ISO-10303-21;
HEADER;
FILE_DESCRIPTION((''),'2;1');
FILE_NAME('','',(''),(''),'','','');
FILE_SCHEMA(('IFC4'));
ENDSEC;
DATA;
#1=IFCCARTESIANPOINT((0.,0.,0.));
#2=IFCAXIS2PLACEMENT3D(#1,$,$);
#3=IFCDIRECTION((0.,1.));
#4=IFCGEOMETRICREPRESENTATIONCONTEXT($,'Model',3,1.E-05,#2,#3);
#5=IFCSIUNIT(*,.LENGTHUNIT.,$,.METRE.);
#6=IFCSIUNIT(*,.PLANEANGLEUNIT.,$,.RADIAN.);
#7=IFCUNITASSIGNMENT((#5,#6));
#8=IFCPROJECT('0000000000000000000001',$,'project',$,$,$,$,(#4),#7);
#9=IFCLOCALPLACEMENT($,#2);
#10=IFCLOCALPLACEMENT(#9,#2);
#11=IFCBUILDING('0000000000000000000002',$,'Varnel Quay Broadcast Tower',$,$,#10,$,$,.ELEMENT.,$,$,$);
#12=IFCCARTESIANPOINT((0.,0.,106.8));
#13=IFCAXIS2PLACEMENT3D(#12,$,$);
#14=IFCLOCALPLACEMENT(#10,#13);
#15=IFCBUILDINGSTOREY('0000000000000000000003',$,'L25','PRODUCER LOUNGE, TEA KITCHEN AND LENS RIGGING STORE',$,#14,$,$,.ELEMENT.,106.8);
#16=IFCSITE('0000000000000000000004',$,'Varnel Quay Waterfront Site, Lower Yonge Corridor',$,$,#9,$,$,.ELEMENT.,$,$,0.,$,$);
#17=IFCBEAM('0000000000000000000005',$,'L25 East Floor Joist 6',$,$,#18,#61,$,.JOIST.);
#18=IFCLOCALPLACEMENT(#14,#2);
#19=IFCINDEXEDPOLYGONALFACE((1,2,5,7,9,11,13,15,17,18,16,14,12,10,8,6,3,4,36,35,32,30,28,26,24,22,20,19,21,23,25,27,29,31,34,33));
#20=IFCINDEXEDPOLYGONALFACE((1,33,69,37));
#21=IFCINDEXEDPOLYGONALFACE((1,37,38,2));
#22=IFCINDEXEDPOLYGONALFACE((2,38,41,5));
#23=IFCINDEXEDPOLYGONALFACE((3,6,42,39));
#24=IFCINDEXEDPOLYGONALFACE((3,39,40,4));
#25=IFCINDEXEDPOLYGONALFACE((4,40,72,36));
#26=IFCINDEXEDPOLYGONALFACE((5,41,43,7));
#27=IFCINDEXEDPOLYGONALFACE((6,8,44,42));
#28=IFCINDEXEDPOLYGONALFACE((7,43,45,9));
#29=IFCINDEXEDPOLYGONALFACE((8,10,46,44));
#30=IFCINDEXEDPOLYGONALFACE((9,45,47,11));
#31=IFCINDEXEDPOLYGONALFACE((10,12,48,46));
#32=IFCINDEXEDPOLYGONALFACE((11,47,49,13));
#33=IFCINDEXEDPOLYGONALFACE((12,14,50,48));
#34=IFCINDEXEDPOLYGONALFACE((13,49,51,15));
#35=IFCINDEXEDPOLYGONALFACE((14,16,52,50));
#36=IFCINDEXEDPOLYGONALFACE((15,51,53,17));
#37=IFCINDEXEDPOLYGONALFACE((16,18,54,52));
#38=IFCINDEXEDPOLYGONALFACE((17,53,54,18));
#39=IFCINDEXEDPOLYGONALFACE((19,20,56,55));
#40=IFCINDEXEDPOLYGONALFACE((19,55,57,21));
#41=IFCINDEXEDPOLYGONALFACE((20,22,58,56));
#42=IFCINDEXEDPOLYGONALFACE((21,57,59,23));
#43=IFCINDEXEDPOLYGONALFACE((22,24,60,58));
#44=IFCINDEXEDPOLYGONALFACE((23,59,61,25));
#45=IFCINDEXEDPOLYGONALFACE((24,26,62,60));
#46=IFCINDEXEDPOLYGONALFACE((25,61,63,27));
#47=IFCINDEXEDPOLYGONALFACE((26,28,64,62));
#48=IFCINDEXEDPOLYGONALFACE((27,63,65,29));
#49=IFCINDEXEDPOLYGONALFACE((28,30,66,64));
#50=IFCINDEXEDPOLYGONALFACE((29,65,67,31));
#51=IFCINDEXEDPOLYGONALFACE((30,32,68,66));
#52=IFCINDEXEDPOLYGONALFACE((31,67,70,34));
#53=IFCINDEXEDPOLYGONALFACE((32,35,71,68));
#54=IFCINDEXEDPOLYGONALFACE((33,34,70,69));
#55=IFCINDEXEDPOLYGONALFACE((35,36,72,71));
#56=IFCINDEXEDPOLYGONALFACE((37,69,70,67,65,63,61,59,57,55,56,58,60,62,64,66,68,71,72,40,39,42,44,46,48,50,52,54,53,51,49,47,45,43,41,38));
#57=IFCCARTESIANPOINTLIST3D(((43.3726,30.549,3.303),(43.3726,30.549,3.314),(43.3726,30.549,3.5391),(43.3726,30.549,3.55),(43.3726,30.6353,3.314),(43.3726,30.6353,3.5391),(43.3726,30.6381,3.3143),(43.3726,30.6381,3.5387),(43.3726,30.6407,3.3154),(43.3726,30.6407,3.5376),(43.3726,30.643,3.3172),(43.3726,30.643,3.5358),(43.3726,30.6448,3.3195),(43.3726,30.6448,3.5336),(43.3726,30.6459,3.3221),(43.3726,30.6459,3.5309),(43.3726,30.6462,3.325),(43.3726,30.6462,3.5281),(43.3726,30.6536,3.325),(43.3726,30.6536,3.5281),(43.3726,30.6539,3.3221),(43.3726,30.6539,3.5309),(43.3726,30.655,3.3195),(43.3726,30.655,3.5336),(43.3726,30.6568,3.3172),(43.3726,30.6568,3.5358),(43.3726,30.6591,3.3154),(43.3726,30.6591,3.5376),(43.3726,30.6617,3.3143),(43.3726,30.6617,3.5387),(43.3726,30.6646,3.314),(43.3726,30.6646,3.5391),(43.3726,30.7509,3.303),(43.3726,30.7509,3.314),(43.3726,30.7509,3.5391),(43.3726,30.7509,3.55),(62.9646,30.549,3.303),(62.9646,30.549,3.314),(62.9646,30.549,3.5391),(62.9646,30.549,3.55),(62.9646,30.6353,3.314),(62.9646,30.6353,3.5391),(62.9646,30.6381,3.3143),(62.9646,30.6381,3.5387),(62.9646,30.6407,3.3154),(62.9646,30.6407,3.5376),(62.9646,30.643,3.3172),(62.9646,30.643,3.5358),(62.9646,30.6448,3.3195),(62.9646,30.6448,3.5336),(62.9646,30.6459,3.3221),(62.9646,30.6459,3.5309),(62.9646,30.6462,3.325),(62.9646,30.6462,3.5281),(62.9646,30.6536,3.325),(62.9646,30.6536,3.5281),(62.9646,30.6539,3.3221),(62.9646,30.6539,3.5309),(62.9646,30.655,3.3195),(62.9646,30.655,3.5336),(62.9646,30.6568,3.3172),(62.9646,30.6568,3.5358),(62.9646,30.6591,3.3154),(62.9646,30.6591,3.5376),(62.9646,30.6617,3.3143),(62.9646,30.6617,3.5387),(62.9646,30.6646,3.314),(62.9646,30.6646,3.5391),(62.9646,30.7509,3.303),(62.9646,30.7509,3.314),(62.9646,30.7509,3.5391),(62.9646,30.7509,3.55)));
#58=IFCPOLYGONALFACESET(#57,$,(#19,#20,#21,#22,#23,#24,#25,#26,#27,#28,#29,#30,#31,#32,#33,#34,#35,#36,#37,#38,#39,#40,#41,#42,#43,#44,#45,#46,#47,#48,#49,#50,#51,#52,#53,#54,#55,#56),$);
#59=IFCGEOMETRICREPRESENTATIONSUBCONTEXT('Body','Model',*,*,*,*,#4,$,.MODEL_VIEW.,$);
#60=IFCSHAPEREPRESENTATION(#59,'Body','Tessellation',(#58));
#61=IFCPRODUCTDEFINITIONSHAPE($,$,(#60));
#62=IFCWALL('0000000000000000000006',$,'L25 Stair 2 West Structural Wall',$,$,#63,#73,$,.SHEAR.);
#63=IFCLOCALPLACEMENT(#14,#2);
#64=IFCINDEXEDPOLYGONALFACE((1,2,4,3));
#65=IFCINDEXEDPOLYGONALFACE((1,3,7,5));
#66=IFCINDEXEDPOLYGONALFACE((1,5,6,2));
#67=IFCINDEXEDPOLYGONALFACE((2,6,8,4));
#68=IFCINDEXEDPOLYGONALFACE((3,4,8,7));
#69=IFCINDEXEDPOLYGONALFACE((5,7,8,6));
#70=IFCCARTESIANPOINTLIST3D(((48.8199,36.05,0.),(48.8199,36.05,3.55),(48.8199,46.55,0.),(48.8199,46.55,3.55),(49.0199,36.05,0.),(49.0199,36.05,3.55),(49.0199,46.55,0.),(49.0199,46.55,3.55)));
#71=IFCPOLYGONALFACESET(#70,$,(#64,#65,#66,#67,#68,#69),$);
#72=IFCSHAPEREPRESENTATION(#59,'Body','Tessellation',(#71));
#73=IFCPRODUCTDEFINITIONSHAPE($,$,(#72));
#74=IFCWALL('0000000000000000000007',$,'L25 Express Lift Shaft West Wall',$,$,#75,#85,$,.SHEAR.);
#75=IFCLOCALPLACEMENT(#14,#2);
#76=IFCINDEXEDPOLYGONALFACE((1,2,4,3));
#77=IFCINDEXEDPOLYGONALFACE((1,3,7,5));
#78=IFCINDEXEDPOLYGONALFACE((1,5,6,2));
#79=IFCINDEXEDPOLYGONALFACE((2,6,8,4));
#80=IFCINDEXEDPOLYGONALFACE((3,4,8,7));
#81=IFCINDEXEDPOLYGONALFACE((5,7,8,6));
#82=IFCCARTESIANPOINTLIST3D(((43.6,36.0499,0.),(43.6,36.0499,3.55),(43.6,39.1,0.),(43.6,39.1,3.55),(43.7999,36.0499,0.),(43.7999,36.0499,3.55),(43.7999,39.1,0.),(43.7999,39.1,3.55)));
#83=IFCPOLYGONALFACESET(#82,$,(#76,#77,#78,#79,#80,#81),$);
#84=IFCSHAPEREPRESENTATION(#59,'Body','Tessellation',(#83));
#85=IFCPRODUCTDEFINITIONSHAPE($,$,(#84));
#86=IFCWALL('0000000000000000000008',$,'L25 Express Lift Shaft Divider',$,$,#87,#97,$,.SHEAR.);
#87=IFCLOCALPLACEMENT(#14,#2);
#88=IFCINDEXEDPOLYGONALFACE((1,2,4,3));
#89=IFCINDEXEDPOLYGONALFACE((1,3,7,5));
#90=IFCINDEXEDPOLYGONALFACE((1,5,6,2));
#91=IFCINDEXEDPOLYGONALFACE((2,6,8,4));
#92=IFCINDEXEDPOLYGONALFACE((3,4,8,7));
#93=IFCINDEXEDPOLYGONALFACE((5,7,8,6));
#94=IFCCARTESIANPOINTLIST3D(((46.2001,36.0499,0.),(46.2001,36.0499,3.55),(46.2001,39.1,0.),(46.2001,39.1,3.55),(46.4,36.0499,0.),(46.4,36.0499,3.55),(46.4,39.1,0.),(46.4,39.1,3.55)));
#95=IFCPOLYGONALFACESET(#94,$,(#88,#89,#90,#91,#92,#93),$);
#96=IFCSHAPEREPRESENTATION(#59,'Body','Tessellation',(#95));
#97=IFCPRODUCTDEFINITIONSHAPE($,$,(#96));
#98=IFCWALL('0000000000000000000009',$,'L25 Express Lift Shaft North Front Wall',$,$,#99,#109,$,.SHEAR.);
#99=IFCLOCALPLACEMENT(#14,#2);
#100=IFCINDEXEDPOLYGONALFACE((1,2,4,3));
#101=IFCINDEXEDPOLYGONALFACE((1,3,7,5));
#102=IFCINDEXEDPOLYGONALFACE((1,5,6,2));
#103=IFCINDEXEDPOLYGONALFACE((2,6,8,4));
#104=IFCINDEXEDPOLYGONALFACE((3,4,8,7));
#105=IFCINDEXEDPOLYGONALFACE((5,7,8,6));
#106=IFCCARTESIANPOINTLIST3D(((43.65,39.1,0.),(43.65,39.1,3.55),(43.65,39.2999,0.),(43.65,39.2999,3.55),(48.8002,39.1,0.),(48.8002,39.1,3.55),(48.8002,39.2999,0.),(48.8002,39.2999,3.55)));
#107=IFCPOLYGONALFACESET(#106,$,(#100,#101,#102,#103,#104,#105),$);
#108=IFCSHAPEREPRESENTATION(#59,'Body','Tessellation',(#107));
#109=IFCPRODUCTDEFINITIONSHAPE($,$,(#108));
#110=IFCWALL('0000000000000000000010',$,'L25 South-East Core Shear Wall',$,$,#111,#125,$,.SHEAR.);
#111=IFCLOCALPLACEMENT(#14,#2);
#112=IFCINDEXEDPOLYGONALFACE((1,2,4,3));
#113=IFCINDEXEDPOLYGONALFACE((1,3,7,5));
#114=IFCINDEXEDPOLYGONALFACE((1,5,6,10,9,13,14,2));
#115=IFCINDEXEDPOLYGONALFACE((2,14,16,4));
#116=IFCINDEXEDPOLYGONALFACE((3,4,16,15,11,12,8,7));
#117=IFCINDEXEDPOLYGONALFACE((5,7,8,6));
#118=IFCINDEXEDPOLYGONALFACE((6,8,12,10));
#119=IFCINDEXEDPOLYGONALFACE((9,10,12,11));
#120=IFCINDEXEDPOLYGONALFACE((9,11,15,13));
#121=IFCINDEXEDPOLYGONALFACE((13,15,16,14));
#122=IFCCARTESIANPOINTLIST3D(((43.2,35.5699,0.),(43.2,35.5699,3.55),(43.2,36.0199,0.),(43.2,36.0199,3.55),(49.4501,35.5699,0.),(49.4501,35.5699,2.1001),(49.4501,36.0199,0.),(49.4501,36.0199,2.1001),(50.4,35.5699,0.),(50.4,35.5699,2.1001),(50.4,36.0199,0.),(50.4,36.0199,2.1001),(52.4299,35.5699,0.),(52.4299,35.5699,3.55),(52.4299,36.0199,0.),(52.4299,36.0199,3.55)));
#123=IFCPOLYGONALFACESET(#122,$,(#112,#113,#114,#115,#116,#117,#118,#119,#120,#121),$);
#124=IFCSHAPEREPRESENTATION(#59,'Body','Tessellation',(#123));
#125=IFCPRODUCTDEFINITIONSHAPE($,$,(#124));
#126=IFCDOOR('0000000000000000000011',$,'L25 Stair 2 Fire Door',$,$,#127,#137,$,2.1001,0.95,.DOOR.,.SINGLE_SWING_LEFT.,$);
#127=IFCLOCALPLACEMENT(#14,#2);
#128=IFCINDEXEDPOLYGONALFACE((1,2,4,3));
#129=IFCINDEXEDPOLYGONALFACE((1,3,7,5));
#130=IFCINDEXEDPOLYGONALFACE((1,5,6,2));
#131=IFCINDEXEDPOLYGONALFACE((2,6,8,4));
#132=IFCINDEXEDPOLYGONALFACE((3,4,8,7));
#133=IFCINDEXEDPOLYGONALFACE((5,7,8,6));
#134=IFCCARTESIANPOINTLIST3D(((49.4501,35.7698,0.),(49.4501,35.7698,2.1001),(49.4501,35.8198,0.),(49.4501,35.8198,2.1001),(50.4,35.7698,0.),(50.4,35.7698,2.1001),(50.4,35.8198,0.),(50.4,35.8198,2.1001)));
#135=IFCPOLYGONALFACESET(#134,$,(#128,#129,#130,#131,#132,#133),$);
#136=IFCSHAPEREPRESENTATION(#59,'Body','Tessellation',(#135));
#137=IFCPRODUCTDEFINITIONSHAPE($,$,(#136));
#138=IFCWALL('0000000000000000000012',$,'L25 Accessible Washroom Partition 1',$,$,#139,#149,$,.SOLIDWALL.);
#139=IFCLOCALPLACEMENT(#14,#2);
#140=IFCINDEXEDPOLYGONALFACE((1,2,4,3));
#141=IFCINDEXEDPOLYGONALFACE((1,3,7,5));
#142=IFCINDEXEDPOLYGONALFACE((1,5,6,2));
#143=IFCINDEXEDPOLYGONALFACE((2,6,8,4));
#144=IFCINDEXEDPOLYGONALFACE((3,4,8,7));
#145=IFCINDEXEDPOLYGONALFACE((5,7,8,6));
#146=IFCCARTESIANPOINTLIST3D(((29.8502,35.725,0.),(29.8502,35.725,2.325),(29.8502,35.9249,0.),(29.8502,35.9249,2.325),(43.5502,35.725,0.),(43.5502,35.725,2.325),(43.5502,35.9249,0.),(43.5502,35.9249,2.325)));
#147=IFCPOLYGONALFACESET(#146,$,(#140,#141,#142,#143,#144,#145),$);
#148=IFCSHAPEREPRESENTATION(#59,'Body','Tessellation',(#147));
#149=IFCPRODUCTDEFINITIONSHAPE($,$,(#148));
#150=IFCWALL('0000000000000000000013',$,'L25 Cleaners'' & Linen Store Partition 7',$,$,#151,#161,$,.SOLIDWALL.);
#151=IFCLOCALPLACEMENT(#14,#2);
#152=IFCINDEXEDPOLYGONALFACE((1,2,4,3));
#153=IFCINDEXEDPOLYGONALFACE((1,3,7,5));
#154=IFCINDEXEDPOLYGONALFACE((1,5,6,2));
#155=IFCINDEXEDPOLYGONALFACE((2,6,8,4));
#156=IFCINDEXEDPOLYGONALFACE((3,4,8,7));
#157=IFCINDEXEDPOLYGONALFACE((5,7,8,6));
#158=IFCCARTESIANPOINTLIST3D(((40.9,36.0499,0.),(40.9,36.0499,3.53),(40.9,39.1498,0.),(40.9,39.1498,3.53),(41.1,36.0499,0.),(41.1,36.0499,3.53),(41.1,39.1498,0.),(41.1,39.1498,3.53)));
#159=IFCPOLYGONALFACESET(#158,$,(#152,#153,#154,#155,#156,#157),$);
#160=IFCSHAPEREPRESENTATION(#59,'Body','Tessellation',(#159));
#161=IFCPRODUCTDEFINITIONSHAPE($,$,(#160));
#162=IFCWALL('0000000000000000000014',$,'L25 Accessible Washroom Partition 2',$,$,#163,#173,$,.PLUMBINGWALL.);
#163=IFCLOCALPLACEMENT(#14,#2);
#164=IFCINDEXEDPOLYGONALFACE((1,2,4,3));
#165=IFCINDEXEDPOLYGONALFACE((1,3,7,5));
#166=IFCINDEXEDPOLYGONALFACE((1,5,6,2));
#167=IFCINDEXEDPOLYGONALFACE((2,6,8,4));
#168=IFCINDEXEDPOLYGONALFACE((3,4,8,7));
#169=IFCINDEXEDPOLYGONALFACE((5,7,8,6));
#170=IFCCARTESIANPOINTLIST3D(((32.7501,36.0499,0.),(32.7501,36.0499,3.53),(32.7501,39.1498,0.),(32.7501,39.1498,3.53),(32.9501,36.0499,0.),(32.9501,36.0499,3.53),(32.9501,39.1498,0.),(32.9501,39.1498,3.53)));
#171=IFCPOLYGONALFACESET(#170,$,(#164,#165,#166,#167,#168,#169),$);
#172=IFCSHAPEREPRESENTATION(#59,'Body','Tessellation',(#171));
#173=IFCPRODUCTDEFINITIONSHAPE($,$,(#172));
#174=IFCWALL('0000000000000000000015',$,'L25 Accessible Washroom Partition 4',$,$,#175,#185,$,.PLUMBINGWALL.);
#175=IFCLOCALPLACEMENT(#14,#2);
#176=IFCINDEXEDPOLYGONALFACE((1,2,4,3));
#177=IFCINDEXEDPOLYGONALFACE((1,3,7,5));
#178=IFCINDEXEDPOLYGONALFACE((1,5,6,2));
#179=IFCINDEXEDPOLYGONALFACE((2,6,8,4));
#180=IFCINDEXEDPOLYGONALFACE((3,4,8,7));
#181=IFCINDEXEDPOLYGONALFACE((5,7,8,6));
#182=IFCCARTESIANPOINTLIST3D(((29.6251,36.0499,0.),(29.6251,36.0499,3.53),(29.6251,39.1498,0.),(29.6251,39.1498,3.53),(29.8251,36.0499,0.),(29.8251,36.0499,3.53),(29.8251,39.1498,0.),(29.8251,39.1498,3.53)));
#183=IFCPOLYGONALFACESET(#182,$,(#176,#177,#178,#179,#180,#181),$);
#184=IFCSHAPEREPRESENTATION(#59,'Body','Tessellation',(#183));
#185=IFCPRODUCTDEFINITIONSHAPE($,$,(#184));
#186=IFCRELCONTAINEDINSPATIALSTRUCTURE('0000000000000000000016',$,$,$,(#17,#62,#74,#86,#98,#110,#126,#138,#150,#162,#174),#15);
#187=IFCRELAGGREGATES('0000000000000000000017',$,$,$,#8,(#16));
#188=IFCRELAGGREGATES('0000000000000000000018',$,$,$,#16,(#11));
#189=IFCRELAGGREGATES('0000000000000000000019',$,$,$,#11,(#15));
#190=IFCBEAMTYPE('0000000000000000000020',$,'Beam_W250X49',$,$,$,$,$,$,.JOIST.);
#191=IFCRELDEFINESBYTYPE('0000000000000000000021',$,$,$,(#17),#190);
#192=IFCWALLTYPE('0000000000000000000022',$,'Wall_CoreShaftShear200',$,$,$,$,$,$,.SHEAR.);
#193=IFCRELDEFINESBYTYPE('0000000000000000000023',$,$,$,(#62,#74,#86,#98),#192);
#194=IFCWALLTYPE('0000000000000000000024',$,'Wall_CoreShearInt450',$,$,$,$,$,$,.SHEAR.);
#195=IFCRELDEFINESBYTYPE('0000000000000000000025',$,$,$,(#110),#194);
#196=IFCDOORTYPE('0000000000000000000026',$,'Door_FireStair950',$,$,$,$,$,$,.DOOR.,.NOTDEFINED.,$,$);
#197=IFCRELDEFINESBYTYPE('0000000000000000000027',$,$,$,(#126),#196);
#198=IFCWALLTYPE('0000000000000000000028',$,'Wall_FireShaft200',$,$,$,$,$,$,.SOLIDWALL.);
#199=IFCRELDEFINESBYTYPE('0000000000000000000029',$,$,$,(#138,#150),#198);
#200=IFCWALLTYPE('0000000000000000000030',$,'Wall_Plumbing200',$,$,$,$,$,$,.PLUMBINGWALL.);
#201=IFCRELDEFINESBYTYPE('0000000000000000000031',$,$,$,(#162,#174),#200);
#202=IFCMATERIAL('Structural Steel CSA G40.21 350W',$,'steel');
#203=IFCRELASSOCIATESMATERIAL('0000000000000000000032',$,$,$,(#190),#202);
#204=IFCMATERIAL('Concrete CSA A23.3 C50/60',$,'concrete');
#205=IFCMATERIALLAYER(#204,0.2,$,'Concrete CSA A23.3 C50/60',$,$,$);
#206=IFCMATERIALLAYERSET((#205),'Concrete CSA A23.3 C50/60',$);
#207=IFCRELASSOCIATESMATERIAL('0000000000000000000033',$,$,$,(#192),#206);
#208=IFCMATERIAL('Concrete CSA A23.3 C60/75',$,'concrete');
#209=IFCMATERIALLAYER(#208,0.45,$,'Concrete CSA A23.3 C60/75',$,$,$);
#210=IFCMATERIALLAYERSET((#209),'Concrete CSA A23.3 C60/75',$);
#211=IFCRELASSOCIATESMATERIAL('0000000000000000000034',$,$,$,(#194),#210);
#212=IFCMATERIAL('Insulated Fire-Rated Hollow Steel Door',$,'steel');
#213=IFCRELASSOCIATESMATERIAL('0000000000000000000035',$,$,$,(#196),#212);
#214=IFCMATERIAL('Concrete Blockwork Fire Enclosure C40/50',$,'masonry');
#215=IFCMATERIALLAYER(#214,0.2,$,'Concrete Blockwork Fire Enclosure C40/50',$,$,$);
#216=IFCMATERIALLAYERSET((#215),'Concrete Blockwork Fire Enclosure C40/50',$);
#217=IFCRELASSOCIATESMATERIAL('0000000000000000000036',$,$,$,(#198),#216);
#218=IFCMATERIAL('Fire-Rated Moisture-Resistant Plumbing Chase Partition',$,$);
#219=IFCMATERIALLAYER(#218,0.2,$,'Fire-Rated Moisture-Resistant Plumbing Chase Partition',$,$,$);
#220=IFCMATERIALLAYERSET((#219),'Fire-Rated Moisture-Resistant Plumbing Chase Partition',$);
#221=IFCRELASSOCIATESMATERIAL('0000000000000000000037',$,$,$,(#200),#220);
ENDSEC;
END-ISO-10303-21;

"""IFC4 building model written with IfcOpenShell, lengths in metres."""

from ifc_helpers import new_model, si_unit, direction, frame, frame_2d, origin, origin_2d, place, context, subcontext, project, spatial, rectangle, i_section, extrude, source, transform, mapped, material, layer, layer_set, material_profile, profile_set, type_object, type_shapes, element, fill, save


model = new_model("IFC4")

# Units and contexts
model_context = context("Model", 3, precision=1e-05, world=origin(), true_north=direction((0.0, 1.0)))
body_context = subcontext(model_context, "Body", "Model", "MODEL_VIEW")
ifc_project = project(units=[si_unit("LENGTHUNIT", "METRE"), si_unit("PLANEANGLEUNIT", "RADIAN")], contexts=[model_context])

# Site, building, storey
site_placement = place(None, origin())
site = spatial("IfcSite", under=ifc_project, at=site_placement, Name="Varnel Quay Waterfront Site, Lower Yonge Corridor", CompositionType="ELEMENT", RefElevation=0.0)
building_placement = place(site_placement, origin())
building = spatial("IfcBuilding", under=site, at=building_placement, Name="Varnel Quay Broadcast Tower", CompositionType="ELEMENT")
storey_placement = place(building_placement, frame((0.0, 0.0, 106.8)))
storey = spatial("IfcBuildingStorey", under=building, at=storey_placement, Name="L25", Description="PRODUCER LOUNGE, TEA KITCHEN AND LENS RIGGING STORE", CompositionType="ELEMENT", Elevation=106.8)

# Beam
ifc_material_1 = material(Name="Concrete CSA A23.3 C60/75", Category="concrete")
ifc_material_2 = material(Name="Structural Steel CSA G40.21 350W", Category="steel")
ifc_material_profile_1 = material_profile(ifc_material_2, i_section(OverallWidth=0.2019, OverallDepth=0.2471, WebThickness=0.0073, FlangeThickness=0.011, FilletRadius=0.011, at=origin_2d()), Name="W250X49")
ifc_profile_set_1 = profile_set([ifc_material_profile_1], Name="Structural Steel CSA G40.21 350W")
beam_type_1 = type_object("IfcBeamType", Name="Beam_W250X49", PredefinedType="JOIST", material=ifc_profile_set_1)
shared_shape_1 = source(origin(), body_context, "Body", "SweptSolid", [
    extrude(i_section(OverallWidth=0.2019, OverallDepth=0.2471, WebThickness=0.0073, FlangeThickness=0.011, FilletRadius=0.011, at=origin_2d()), origin(), (0.0, 0.0, 1.0), 19.592),
])
type_shapes(beam_type_1, [shared_shape_1])
beam_1_placement = place(storey_placement, frame((43.3726, 30.6499, 3.4265), z_axis=(1.0, 0.0, 0.0), x_axis=(0.0, 1.0, 0.0)))
element("IfcBeam", 1, at=beam_1_placement, inside=storey, type_object=beam_type_1, Name="L25 East Floor Joist 6", PredefinedType="JOIST", context=body_context, shape_type="MappedRepresentation", body=[
    mapped(shared_shape_1, transform((0.0, 0.0, 0.0), x_axis=(1.0, 0.0, 0.0), y_axis=(0.0, 1.0, 0.0), z_axis=(0.0, 0.0, 1.0), scale=1.0)),
])

# Walls
ifc_material_3 = material(Name="Concrete CSA A23.3 C50/60", Category="concrete")
ifc_layer_1 = layer(ifc_material_3, 0.2, Name="Concrete CSA A23.3 C50/60")
ifc_layer_set_1 = layer_set([ifc_layer_1], Name="Concrete CSA A23.3 C50/60")
wall_type_1 = type_object("IfcWallType", Name="Wall_CoreShaftShear200", PredefinedType="SHEAR", material=ifc_layer_set_1)
wall_1_placement = place(storey_placement, frame((48.9199, 36.05, 0.0), z_axis=(0.0, 0.0, 1.0), x_axis=(0.0, 1.0, 0.0)))
element("IfcWall", 2, at=wall_1_placement, inside=storey, type_object=wall_type_1, Name="L25 Stair 2 West Structural Wall", PredefinedType="SHEAR", context=body_context, shape_type="SweptSolid", body=[
    extrude(rectangle(XDim=10.5, YDim=0.2, at=frame_2d((5.25, 0.0))), origin(), (0.0, 0.0, 1.0), 3.55),
])
for number, where, z_axis, x_axis, name in (
    (3, (43.7, 36.05, 0.0), (0.0, 0.0, 1.0), (0.0, 1.0, 0.0), "L25 Express Lift Shaft West Wall"),
    (4, (46.3, 36.05, 0.0), (0.0, 0.0, 1.0), (0.0, 1.0, 0.0), "L25 Express Lift Shaft Divider"),
):
    element("IfcWall", number, at=place(storey_placement, frame(where, z_axis=z_axis, x_axis=x_axis)), inside=storey, type_object=wall_type_1, Name=name, PredefinedType="SHEAR", context=body_context, shape_type="SweptSolid", body=[
        extrude(rectangle(XDim=3.05, YDim=0.2, at=frame_2d((1.5249, 0.0))), origin(), (0.0, 0.0, 1.0), 3.55),
    ])
wall_2_placement = place(storey_placement, frame((43.6499, 39.2, 0.0), z_axis=(0.0, 0.0, 1.0), x_axis=(1.0, 0.0, 0.0)))
element("IfcWall", 5, at=wall_2_placement, inside=storey, type_object=wall_type_1, Name="L25 Express Lift Shaft North Front Wall", PredefinedType="SHEAR", context=body_context, shape_type="SweptSolid", body=[
    extrude(rectangle(XDim=5.1501, YDim=0.2, at=frame_2d((2.5752, 0.0))), origin(), (0.0, 0.0, 1.0), 3.55),
])

# Wall, opening, door
ifc_layer_2 = layer(ifc_material_1, 0.45, Name="Concrete CSA A23.3 C60/75")
ifc_layer_set_2 = layer_set([ifc_layer_2], Name="Concrete CSA A23.3 C60/75")
wall_type_2 = type_object("IfcWallType", Name="Wall_CoreShearInt450", PredefinedType="SHEAR", material=ifc_layer_set_2)
wall_3_placement = place(storey_placement, frame((43.2, 35.7949, 0.0), z_axis=(0.0, 0.0, 1.0), x_axis=(1.0, 0.0, 0.0)))
wall_3 = element("IfcWall", 6, at=wall_3_placement, inside=storey, type_object=wall_type_2, Name="L25 South-East Core Shear Wall", PredefinedType="SHEAR", context=body_context, shape_type="SweptSolid", body=[
    extrude(rectangle(XDim=9.23, YDim=0.45, at=frame_2d((4.615, 0.0))), origin(), (0.0, 0.0, 1.0), 3.55),
])
opening_placement = place(wall_3_placement, frame((6.25, 0.0, 0.0)))
opening = element("IfcOpeningElement", 7, at=opening_placement, cuts=wall_3, PredefinedType="OPENING", context=body_context, shape_type="SweptSolid", body=[
    extrude(rectangle(XDim=0.95, YDim=2.1001, at=frame_2d((0.4751, 1.05))), frame((0.0, 0.2349, 0.0), z_axis=(0.0, -1.0, 0.0), x_axis=(1.0, 0.0, 0.0)), (0.0, 0.0, 1.0), 0.47),
])
ifc_material_4 = material(Name="Insulated Fire-Rated Hollow Steel Door", Category="steel")
door_type = type_object("IfcDoorType", Name="Door_FireStair950", OperationType="NOTDEFINED", PredefinedType="DOOR", material=ifc_material_4)
shared_shape_2 = source(origin(), body_context, "Body", "SweptSolid", [
    extrude(rectangle(XDim=0.95, YDim=2.1001, at=frame_2d((0.4751, 1.05))), frame((0.0, 0.0249, 0.0), z_axis=(0.0, -1.0, 0.0), x_axis=(1.0, 0.0, 0.0)), (0.0, 0.0, 1.0), 0.05),
])
type_shapes(door_type, [shared_shape_2])
door_placement = place(opening_placement, origin())
door = element("IfcDoor", 8, at=door_placement, inside=storey, type_object=door_type, Name="L25 Stair 2 Fire Door", OperationType="SINGLE_SWING_LEFT", OverallHeight=2.1001, OverallWidth=0.95, PredefinedType="DOOR", context=body_context, shape_type="MappedRepresentation", body=[
    mapped(shared_shape_2, transform((0.0, 0.0, 0.0), x_axis=(1.0, 0.0, 0.0), y_axis=(0.0, 1.0, 0.0), z_axis=(0.0, 0.0, 1.0), scale=1.0)),
])
fill(opening, door)

# Walls
ifc_material_5 = material(Name="Concrete Blockwork Fire Enclosure C40/50", Category="masonry")
ifc_layer_3 = layer(ifc_material_5, 0.2, Name="Concrete Blockwork Fire Enclosure C40/50")
ifc_layer_set_3 = layer_set([ifc_layer_3], Name="Concrete Blockwork Fire Enclosure C40/50")
wall_type_3 = type_object("IfcWallType", Name="Wall_FireShaft200", PredefinedType="SOLIDWALL", material=ifc_layer_set_3)
wall_4_placement = place(storey_placement, frame((29.8501, 35.825, 0.0), z_axis=(0.0, 0.0, 1.0), x_axis=(1.0, 0.0, 0.0)))
element("IfcWall", 9, at=wall_4_placement, inside=storey, type_object=wall_type_3, Name="L25 Accessible Washroom Partition 1", PredefinedType="SOLIDWALL", context=body_context, shape_type="SweptSolid", body=[
    extrude(rectangle(XDim=13.7, YDim=0.2, at=frame_2d((6.8501, 0.0))), origin(), (0.0, 0.0, 1.0), 2.325),
])
wall_5_placement = place(storey_placement, frame((41.0, 36.05, 0.0), z_axis=(0.0, 0.0, 1.0), x_axis=(0.0, 1.0, 0.0)))
element("IfcWall", 10, at=wall_5_placement, inside=storey, type_object=wall_type_3, Name="L25 Cleaners' & Linen Store Partition 7", PredefinedType="SOLIDWALL", context=body_context, shape_type="SweptSolid", body=[
    extrude(rectangle(XDim=3.0999, YDim=0.2, at=frame_2d((1.5498, 0.0))), origin(), (0.0, 0.0, 1.0), 3.53),
])
ifc_material_6 = material(Name="Fire-Rated Moisture-Resistant Plumbing Chase Partition")
ifc_layer_4 = layer(ifc_material_6, 0.2, Name="Fire-Rated Moisture-Resistant Plumbing Chase Partition")
ifc_layer_set_4 = layer_set([ifc_layer_4], Name="Fire-Rated Moisture-Resistant Plumbing Chase Partition")
wall_type_4 = type_object("IfcWallType", Name="Wall_Plumbing200", PredefinedType="PLUMBINGWALL", material=ifc_layer_set_4)
for number, where, z_axis, x_axis, name in (
    (11, (32.8501, 36.05, 0.0), (0.0, 0.0, 1.0), (0.0, 1.0, 0.0), "L25 Accessible Washroom Partition 2"),
    (12, (29.7251, 36.05, 0.0), (0.0, 0.0, 1.0), (0.0, 1.0, 0.0), "L25 Accessible Washroom Partition 4"),
):
    element("IfcWall", number, at=place(storey_placement, frame(where, z_axis=z_axis, x_axis=x_axis)), inside=storey, type_object=wall_type_4, Name=name, PredefinedType="PLUMBINGWALL", context=body_context, shape_type="SweptSolid", body=[
        extrude(rectangle(XDim=3.0999, YDim=0.2, at=frame_2d((1.5498, 0.0))), origin(), (0.0, 0.0, 1.0), 3.53),
    ])

save(model, "model.ifc")
